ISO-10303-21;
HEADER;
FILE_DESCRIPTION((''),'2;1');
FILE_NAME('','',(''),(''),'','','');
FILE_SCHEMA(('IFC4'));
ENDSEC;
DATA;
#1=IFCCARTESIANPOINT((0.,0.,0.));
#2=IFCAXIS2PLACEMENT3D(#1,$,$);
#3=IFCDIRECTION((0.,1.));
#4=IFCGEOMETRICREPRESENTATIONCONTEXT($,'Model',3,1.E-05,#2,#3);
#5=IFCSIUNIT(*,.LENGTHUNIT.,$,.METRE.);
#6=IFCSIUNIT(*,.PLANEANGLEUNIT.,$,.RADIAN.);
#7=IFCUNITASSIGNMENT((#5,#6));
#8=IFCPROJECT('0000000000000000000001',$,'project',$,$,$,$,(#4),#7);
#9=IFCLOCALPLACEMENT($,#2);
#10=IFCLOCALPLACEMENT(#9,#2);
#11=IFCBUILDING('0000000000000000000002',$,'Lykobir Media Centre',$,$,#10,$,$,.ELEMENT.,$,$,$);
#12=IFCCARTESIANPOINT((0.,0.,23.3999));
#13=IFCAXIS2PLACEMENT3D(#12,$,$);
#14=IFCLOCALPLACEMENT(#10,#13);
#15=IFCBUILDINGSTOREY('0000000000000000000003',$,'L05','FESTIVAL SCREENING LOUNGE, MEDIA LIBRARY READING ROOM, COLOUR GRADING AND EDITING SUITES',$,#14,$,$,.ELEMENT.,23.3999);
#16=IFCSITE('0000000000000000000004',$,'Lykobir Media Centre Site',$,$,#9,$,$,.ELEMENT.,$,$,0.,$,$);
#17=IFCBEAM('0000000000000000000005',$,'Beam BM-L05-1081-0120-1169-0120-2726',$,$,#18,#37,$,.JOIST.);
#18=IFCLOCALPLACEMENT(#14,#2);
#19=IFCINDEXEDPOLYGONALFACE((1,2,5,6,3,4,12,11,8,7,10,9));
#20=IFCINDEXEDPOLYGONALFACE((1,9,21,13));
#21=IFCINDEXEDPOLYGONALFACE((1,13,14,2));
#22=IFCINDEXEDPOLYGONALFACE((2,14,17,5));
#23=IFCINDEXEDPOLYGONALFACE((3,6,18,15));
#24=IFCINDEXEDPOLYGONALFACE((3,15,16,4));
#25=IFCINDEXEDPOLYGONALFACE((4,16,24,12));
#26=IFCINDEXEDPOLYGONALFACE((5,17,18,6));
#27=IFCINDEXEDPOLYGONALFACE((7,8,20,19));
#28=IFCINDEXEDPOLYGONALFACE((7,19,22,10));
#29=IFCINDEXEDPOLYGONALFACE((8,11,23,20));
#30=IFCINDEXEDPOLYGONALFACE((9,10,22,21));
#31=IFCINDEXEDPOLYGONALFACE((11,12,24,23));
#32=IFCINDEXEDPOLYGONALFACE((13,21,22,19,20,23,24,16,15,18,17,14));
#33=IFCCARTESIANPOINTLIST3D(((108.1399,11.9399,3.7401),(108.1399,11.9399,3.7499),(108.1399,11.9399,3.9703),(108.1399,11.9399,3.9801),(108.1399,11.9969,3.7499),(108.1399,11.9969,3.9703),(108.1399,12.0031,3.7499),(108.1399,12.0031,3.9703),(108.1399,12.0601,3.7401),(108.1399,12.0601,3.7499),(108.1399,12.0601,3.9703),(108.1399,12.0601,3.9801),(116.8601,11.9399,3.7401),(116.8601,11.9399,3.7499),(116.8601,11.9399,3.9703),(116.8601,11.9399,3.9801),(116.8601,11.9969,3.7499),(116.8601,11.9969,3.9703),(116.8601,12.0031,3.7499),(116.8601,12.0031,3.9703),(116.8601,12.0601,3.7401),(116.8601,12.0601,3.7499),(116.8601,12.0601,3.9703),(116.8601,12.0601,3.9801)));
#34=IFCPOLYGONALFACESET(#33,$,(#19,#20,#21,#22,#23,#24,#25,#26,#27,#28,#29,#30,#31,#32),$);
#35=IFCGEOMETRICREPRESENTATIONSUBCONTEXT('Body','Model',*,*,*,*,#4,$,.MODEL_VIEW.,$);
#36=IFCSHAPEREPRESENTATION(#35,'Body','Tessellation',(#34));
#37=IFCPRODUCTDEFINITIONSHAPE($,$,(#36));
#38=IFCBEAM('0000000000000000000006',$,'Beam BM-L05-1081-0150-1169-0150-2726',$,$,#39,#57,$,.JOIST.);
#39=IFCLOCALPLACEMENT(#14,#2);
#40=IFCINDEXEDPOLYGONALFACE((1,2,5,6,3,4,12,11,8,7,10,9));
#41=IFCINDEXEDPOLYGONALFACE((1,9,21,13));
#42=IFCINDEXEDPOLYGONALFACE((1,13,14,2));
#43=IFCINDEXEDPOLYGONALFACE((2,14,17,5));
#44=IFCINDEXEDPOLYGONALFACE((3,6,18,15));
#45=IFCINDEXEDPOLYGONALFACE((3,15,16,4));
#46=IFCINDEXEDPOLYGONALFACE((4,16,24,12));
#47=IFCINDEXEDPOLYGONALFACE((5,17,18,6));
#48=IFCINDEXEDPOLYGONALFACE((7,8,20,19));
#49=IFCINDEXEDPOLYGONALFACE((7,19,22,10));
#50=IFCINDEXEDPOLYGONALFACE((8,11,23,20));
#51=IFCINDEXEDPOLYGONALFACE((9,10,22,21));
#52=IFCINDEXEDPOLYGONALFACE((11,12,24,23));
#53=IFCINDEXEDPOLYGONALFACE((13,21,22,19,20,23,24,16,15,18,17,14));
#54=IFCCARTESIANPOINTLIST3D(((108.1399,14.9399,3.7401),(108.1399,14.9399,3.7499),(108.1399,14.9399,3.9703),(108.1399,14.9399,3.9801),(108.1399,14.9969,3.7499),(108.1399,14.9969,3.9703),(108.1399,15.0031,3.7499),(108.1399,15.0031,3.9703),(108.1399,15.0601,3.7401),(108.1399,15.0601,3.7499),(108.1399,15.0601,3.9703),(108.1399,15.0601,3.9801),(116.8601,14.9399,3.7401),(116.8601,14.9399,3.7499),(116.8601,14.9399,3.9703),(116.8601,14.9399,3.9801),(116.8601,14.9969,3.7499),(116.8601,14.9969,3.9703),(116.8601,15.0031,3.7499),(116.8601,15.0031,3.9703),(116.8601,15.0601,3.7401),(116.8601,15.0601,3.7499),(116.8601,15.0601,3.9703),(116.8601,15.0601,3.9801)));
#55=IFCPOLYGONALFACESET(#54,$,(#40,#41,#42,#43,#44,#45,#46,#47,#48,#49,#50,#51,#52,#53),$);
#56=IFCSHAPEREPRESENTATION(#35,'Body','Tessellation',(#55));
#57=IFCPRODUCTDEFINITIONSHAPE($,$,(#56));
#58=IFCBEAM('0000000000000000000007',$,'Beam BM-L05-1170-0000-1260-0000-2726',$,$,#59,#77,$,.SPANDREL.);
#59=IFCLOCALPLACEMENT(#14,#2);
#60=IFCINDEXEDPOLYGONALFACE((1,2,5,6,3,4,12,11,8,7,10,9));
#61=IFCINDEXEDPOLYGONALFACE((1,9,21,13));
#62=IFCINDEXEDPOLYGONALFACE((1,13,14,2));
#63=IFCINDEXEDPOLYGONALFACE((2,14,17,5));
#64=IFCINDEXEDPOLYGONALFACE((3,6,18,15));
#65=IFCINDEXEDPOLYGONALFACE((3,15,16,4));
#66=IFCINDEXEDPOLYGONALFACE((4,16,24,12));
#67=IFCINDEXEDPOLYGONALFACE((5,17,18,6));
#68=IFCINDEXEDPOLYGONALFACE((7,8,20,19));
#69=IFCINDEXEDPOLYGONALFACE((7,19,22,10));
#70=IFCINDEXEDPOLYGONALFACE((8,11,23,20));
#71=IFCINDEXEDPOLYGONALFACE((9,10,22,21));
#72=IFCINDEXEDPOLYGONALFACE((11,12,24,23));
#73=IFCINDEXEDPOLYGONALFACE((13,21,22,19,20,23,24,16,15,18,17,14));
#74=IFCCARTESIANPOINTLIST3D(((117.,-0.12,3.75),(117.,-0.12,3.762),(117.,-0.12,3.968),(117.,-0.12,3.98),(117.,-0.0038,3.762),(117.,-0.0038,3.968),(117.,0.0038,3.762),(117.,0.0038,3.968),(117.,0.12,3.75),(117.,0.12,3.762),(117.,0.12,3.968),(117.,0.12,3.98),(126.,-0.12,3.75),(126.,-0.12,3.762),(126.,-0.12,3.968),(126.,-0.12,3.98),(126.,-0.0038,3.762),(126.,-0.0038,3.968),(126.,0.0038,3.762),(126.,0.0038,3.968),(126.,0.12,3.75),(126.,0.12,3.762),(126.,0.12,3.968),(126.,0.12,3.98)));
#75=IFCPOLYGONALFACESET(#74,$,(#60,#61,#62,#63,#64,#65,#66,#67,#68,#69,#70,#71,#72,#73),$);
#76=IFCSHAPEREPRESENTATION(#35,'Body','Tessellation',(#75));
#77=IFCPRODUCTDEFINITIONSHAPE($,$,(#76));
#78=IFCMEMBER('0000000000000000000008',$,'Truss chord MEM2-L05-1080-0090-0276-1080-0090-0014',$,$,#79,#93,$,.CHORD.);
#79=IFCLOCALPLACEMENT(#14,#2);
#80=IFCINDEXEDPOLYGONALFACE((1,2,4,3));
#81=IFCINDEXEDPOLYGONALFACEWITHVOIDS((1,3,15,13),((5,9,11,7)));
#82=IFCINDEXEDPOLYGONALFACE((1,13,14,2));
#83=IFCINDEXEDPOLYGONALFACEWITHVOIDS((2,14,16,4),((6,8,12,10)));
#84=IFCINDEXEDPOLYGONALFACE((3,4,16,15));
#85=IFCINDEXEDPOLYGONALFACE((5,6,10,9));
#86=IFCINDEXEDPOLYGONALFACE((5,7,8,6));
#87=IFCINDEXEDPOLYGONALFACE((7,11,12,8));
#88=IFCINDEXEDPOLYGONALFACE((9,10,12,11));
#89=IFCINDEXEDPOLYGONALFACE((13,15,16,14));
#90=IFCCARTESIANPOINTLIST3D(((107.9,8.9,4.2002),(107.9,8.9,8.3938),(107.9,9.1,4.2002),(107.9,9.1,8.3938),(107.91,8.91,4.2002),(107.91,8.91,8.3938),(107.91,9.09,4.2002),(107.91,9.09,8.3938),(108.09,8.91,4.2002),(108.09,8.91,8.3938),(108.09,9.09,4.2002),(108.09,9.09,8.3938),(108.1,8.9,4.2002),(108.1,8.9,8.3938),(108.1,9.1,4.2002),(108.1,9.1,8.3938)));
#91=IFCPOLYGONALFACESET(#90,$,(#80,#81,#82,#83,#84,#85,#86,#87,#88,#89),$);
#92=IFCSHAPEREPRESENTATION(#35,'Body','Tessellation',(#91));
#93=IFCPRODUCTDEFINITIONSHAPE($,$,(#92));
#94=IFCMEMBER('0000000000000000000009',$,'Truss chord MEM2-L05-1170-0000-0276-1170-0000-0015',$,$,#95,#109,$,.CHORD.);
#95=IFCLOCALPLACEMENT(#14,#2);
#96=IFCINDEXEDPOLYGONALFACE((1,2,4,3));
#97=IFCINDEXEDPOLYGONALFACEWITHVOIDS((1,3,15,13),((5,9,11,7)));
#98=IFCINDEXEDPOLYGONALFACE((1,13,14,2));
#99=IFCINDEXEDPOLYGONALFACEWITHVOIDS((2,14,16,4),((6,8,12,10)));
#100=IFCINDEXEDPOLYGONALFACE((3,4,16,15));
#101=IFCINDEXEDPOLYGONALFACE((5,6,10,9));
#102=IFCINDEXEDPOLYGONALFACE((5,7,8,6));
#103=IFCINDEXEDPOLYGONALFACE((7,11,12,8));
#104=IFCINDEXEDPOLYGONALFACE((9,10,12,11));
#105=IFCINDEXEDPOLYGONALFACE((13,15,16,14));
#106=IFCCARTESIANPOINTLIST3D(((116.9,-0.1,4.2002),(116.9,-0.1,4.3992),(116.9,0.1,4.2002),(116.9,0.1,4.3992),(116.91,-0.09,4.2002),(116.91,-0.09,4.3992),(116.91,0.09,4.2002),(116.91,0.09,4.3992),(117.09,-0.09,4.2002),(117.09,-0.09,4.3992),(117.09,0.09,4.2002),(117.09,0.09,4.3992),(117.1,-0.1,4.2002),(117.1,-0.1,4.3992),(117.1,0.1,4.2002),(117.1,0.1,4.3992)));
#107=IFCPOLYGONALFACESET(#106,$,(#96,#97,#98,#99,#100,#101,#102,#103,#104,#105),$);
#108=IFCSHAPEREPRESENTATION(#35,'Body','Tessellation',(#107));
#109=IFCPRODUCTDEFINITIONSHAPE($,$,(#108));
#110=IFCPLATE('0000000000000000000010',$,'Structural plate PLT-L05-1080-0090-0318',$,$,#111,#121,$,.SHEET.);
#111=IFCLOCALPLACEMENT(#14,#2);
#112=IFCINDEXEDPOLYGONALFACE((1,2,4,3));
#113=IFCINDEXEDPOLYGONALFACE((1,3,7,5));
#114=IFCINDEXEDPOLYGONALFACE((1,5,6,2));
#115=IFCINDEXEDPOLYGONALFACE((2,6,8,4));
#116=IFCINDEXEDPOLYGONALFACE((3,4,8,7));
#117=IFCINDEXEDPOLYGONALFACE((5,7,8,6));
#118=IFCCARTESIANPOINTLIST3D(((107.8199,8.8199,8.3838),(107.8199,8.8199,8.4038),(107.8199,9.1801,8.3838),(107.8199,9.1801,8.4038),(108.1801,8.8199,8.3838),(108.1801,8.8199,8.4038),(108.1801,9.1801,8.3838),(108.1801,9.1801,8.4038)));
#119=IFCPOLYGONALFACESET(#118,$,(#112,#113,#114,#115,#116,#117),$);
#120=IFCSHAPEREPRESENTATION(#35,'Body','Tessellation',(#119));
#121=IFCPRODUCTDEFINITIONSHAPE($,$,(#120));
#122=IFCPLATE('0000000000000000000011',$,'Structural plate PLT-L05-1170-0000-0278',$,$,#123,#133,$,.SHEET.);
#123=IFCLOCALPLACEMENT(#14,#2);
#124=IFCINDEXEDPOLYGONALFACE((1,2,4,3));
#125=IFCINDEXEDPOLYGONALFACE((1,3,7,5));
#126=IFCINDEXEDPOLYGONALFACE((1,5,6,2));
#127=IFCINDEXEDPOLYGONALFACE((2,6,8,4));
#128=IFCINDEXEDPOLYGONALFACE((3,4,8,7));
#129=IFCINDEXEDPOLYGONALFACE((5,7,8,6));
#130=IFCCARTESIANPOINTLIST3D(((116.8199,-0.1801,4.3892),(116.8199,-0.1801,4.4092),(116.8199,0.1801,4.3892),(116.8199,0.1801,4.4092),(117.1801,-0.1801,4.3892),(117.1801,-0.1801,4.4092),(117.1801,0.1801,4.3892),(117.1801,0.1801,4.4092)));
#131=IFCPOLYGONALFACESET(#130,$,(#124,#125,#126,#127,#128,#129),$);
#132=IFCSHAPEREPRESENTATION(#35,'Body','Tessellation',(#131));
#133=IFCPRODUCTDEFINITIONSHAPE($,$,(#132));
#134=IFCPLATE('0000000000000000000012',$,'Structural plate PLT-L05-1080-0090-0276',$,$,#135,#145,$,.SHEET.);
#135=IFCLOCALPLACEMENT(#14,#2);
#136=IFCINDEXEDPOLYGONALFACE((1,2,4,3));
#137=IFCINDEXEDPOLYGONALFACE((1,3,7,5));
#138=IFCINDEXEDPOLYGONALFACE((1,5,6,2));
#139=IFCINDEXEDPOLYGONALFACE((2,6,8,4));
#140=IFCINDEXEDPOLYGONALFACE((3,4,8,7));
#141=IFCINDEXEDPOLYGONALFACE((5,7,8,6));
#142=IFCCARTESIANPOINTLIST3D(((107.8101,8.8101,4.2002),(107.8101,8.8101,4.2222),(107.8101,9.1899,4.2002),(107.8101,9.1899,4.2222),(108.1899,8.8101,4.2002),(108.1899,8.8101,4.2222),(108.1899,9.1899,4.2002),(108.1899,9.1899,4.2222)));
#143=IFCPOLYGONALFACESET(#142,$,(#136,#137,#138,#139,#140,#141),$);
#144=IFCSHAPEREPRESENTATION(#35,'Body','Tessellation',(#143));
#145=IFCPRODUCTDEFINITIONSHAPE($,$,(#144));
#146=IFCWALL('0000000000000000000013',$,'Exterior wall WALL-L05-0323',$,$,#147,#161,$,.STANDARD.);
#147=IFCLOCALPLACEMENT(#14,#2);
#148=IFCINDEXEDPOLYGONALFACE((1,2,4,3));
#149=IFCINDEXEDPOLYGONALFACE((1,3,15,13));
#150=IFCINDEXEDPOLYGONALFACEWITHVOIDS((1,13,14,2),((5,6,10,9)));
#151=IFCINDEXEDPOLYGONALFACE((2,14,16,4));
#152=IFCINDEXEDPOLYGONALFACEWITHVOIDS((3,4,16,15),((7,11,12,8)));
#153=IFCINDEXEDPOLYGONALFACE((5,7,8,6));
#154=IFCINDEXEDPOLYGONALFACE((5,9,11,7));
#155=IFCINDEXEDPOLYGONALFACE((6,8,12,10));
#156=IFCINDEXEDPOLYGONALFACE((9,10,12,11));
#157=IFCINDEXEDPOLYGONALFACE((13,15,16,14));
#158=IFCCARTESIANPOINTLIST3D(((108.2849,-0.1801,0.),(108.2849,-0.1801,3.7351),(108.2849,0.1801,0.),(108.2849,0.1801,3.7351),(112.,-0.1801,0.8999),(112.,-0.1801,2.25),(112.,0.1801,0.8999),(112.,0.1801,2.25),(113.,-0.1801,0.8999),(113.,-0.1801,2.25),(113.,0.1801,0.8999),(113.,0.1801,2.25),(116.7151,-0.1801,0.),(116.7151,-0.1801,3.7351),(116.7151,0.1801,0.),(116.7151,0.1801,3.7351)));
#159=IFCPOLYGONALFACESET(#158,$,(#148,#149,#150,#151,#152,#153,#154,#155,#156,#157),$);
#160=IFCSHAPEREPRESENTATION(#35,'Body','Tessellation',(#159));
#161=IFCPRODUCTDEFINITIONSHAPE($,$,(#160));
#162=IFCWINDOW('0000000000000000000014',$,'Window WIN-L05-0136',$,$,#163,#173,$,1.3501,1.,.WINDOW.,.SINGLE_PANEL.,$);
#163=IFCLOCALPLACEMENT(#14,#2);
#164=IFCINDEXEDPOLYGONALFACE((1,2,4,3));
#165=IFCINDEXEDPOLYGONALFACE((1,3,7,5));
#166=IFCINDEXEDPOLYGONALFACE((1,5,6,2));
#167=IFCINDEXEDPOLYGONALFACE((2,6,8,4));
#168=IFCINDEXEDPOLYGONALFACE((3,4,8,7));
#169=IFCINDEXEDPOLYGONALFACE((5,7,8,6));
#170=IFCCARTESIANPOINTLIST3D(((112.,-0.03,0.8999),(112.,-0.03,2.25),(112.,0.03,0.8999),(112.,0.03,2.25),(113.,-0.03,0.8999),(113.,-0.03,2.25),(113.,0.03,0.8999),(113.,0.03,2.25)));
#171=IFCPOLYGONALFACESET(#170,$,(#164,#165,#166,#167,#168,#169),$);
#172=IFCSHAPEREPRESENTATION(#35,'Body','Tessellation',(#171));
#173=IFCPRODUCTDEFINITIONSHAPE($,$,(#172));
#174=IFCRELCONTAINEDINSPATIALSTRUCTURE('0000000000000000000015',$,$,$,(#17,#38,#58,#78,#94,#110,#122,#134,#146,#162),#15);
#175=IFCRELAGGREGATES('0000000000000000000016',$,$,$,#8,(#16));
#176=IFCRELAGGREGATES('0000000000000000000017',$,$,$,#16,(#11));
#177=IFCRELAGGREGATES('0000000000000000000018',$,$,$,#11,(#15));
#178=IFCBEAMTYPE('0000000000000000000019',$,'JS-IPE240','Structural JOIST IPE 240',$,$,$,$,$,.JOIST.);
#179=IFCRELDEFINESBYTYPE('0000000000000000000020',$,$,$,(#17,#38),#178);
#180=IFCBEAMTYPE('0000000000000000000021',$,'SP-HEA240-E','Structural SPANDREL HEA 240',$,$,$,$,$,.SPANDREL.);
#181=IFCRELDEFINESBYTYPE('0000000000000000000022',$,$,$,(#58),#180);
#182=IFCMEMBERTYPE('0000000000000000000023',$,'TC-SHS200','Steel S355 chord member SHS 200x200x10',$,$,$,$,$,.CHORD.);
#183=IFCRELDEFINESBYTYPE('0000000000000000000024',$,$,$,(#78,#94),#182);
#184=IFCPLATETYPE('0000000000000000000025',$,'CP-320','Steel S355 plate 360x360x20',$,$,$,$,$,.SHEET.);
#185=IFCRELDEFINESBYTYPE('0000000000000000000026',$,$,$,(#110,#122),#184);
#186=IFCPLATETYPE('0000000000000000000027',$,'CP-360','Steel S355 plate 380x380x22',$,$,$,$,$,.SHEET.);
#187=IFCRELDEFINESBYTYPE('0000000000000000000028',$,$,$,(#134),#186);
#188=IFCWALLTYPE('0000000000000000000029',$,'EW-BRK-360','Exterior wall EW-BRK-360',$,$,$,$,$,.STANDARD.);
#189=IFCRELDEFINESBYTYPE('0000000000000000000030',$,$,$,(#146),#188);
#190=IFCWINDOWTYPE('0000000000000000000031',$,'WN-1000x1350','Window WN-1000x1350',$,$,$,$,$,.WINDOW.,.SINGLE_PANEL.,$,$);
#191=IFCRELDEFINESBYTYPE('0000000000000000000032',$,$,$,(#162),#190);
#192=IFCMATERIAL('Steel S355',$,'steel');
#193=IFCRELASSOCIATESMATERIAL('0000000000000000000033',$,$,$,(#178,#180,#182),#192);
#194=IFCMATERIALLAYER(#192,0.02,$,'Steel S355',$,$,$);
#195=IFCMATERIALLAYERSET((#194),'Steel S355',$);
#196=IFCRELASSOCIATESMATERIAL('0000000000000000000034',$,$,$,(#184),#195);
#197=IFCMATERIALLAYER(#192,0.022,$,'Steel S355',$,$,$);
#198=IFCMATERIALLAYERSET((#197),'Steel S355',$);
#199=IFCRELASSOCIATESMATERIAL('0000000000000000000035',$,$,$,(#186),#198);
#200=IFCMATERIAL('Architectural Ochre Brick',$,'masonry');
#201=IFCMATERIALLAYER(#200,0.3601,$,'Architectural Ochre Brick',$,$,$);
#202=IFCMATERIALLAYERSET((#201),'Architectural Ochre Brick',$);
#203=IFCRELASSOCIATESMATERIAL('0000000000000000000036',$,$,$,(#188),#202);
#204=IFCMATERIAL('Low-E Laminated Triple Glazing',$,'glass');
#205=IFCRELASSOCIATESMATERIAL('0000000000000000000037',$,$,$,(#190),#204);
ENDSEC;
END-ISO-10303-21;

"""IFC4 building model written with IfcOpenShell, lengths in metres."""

from ifc_helpers import new_model, si_unit, direction, frame, frame_2d, origin, origin_2d, place, context, subcontext, project, spatial, rectangle, hollow_rectangle, i_section, extrude, material, layer, layer_set, material_profile, profile_set, type_object, element, fill, save


model = new_model("IFC4")

# Units and contexts
model_context = context("Model", 3, precision=1e-05, world=origin(), true_north=direction((0.0, 1.0)))
body_context = subcontext(model_context, "Body", "Model", "MODEL_VIEW")
ifc_project = project(units=[si_unit("LENGTHUNIT", "METRE"), si_unit("PLANEANGLEUNIT", "RADIAN")], contexts=[model_context])

# Site, building, storey
site_placement = place(None, origin())
site = spatial("IfcSite", under=ifc_project, at=site_placement, Name="Lykobir Media Centre Site", CompositionType="ELEMENT", RefElevation=0.0)
building_placement = place(site_placement, origin())
building = spatial("IfcBuilding", under=site, at=building_placement, Name="Lykobir Media Centre", CompositionType="ELEMENT")
storey_placement = place(building_placement, frame((0.0, 0.0, 23.3999)))
storey = spatial("IfcBuildingStorey", under=building, at=storey_placement, Name="L05", Description="FESTIVAL SCREENING LOUNGE, MEDIA LIBRARY READING ROOM, COLOUR GRADING AND EDITING SUITES", CompositionType="ELEMENT", Elevation=23.3999)

# Shared definitions
ifc_material_1 = material(Name="Steel S355", Category="steel")

# Beams
ifc_material_profile_1 = material_profile(ifc_material_1, i_section(OverallWidth=0.1201, OverallDepth=0.24, WebThickness=0.0061, FlangeThickness=0.0098, at=origin_2d()), Name="IPE 240")
ifc_profile_set_1 = profile_set([ifc_material_profile_1], Name="Steel S355")
beam_type_1 = type_object("IfcBeamType", Name="JS-IPE240", Description="Structural JOIST IPE 240", PredefinedType="JOIST", material=ifc_profile_set_1)
for number, where, z_axis, x_axis, name in (
    (1, (108.1399, 12.0, 3.8601), (1.0, 0.0, 0.0), (0.0, 1.0, 0.0), "Beam BM-L05-1081-0120-1169-0120-2726"),
    (2, (108.1399, 15.0, 3.8601), (1.0, 0.0, 0.0), (0.0, 1.0, 0.0), "Beam BM-L05-1081-0150-1169-0150-2726"),
):
    element("IfcBeam", number, at=place(storey_placement, frame(where, z_axis=z_axis, x_axis=x_axis)), inside=storey, type_object=beam_type_1, Name=name, PredefinedType="JOIST", context=body_context, shape_type="SweptSolid", body=[
        extrude(i_section(OverallWidth=0.1201, OverallDepth=0.24, WebThickness=0.0061, FlangeThickness=0.0098, at=origin_2d()), origin(), (0.0, 0.0, 1.0), 8.7202),
    ])
ifc_material_profile_2 = material_profile(ifc_material_1, i_section(OverallWidth=0.24, OverallDepth=0.23, WebThickness=0.0076, FlangeThickness=0.012, at=origin_2d()), Name="HEA 240")
ifc_profile_set_2 = profile_set([ifc_material_profile_2], Name="Steel S355")
beam_type_2 = type_object("IfcBeamType", Name="SP-HEA240-E", Description="Structural SPANDREL HEA 240", PredefinedType="SPANDREL", material=ifc_profile_set_2)
beam_1_placement = place(storey_placement, frame((117.0, 0.0, 3.865), z_axis=(1.0, 0.0, 0.0), x_axis=(0.0, 1.0, 0.0)))
element("IfcBeam", 3, at=beam_1_placement, inside=storey, type_object=beam_type_2, Name="Beam BM-L05-1170-0000-1260-0000-2726", PredefinedType="SPANDREL", context=body_context, shape_type="SweptSolid", body=[
    extrude(i_section(OverallWidth=0.24, OverallDepth=0.23, WebThickness=0.0076, FlangeThickness=0.012, at=origin_2d()), origin(), (0.0, 0.0, 1.0), 9.0),
])

# Members
ifc_material_profile_3 = material_profile(ifc_material_1, hollow_rectangle(XDim=0.2, YDim=0.2, WallThickness=0.01, at=origin_2d()), Name="SHS 200x200x10")
ifc_profile_set_3 = profile_set([ifc_material_profile_3], Name="Steel S355")
member_type = type_object("IfcMemberType", Name="TC-SHS200", Description="Steel S355 chord member SHS 200x200x10", PredefinedType="CHORD", material=ifc_profile_set_3)
member_1_placement = place(storey_placement, frame((108.0, 9.0, 4.2002), z_axis=(0.0, 0.0, 1.0), x_axis=(1.0, 0.0, 0.0)))
element("IfcMember", 4, at=member_1_placement, inside=storey, type_object=member_type, Name="Truss chord MEM2-L05-1080-0090-0276-1080-0090-0014", PredefinedType="CHORD", context=body_context, shape_type="SweptSolid", body=[
    extrude(hollow_rectangle(XDim=0.2, YDim=0.2, WallThickness=0.01, at=origin_2d()), origin(), (0.0, 0.0, 1.0), 4.1936),
])
member_2_placement = place(storey_placement, frame((117.0, 0.0, 4.2002), z_axis=(0.0, 0.0, 1.0), x_axis=(1.0, 0.0, 0.0)))
element("IfcMember", 5, at=member_2_placement, inside=storey, type_object=member_type, Name="Truss chord MEM2-L05-1170-0000-0276-1170-0000-0015", PredefinedType="CHORD", context=body_context, shape_type="SweptSolid", body=[
    extrude(hollow_rectangle(XDim=0.2, YDim=0.2, WallThickness=0.01, at=origin_2d()), origin(), (0.0, 0.0, 1.0), 0.199),
])

# Plates
ifc_layer_1 = layer(ifc_material_1, 0.02, Name="Steel S355")
ifc_layer_set_1 = layer_set([ifc_layer_1], Name="Steel S355")
plate_type_1 = type_object("IfcPlateType", Name="CP-320", Description="Steel S355 plate 360x360x20", PredefinedType="SHEET", material=ifc_layer_set_1)
for number, where, z_axis, x_axis, name in (
    (6, (108.0, 9.0, 8.3838), (0.0, 0.0, 1.0), (1.0, 0.0, 0.0), "Structural plate PLT-L05-1080-0090-0318"),
    (7, (117.0, 0.0, 4.3892), (0.0, 0.0, 1.0), (1.0, 0.0, 0.0), "Structural plate PLT-L05-1170-0000-0278"),
):
    element("IfcPlate", number, at=place(storey_placement, frame(where, z_axis=z_axis, x_axis=x_axis)), inside=storey, type_object=plate_type_1, Name=name, PredefinedType="SHEET", context=body_context, shape_type="SweptSolid", body=[
        extrude(rectangle(XDim=0.3601, YDim=0.3601, at=origin_2d()), origin(), (0.0, 0.0, 1.0), 0.02),
    ])
ifc_layer_2 = layer(ifc_material_1, 0.022, Name="Steel S355")
ifc_layer_set_2 = layer_set([ifc_layer_2], Name="Steel S355")
plate_type_2 = type_object("IfcPlateType", Name="CP-360", Description="Steel S355 plate 380x380x22", PredefinedType="SHEET", material=ifc_layer_set_2)
plate_placement = place(storey_placement, frame((108.0, 9.0, 4.2002), z_axis=(0.0, 0.0, 1.0), x_axis=(1.0, 0.0, 0.0)))
element("IfcPlate", 8, at=plate_placement, inside=storey, type_object=plate_type_2, Name="Structural plate PLT-L05-1080-0090-0276", PredefinedType="SHEET", context=body_context, shape_type="SweptSolid", body=[
    extrude(rectangle(XDim=0.3799, YDim=0.3799, at=origin_2d()), origin(), (0.0, 0.0, 1.0), 0.022),
])

# Wall, opening, window
ifc_material_2 = material(Name="Architectural Ochre Brick", Category="masonry")
ifc_layer_3 = layer(ifc_material_2, 0.3601, Name="Architectural Ochre Brick")
ifc_layer_set_3 = layer_set([ifc_layer_3], Name="Architectural Ochre Brick")
wall_type_1 = type_object("IfcWallType", Name="EW-BRK-360", Description="Exterior wall EW-BRK-360", PredefinedType="STANDARD", material=ifc_layer_set_3)
wall_1_placement = place(storey_placement, frame((108.2849, 0.0, 0.0), z_axis=(0.0, 0.0, 1.0), x_axis=(1.0, 0.0, 0.0)))
wall_1 = element("IfcWall", 9, at=wall_1_placement, inside=storey, type_object=wall_type_1, Name="Exterior wall WALL-L05-0323", PredefinedType="STANDARD", context=body_context, shape_type="SweptSolid", body=[
    extrude(rectangle(XDim=8.4302, YDim=0.3601, at=frame_2d((4.2151, 0.0))), origin(), (0.0, 0.0, 1.0), 3.7351),
])
opening_placement = place(wall_1_placement, frame((3.7151, 0.0, 0.8999)))
opening = element("IfcOpeningElement", 10, at=opening_placement, cuts=wall_1, PredefinedType="OPENING", context=body_context, shape_type="SweptSolid", body=[
    extrude(rectangle(XDim=1.0, YDim=1.3501, at=frame_2d((0.5, 0.675))), frame((0.0, 0.1899, 0.0), z_axis=(0.0, -1.0, 0.0), x_axis=(1.0, 0.0, 0.0)), (0.0, 0.0, 1.0), 0.3801),
])
ifc_material_3 = material(Name="Low-E Laminated Triple Glazing", Category="glass")
window_type = type_object("IfcWindowType", Name="WN-1000x1350", Description="Window WN-1000x1350", PartitioningType="SINGLE_PANEL", PredefinedType="WINDOW", material=ifc_material_3)
window_placement = place(opening_placement, origin())
window = element("IfcWindow", 11, at=window_placement, inside=storey, type_object=window_type, Name="Window WIN-L05-0136", OverallHeight=1.3501, OverallWidth=1.0, PartitioningType="SINGLE_PANEL", PredefinedType="WINDOW", context=body_context, shape_type="SweptSolid", body=[
    extrude(rectangle(XDim=1.0, YDim=1.3501, at=frame_2d((0.5, 0.675))), frame((0.0, 0.03, 0.0), z_axis=(0.0, -1.0, 0.0), x_axis=(1.0, 0.0, 0.0)), (0.0, 0.0, 1.0), 0.0601),
])
fill(opening, window)

save(model, "model.ifc")
